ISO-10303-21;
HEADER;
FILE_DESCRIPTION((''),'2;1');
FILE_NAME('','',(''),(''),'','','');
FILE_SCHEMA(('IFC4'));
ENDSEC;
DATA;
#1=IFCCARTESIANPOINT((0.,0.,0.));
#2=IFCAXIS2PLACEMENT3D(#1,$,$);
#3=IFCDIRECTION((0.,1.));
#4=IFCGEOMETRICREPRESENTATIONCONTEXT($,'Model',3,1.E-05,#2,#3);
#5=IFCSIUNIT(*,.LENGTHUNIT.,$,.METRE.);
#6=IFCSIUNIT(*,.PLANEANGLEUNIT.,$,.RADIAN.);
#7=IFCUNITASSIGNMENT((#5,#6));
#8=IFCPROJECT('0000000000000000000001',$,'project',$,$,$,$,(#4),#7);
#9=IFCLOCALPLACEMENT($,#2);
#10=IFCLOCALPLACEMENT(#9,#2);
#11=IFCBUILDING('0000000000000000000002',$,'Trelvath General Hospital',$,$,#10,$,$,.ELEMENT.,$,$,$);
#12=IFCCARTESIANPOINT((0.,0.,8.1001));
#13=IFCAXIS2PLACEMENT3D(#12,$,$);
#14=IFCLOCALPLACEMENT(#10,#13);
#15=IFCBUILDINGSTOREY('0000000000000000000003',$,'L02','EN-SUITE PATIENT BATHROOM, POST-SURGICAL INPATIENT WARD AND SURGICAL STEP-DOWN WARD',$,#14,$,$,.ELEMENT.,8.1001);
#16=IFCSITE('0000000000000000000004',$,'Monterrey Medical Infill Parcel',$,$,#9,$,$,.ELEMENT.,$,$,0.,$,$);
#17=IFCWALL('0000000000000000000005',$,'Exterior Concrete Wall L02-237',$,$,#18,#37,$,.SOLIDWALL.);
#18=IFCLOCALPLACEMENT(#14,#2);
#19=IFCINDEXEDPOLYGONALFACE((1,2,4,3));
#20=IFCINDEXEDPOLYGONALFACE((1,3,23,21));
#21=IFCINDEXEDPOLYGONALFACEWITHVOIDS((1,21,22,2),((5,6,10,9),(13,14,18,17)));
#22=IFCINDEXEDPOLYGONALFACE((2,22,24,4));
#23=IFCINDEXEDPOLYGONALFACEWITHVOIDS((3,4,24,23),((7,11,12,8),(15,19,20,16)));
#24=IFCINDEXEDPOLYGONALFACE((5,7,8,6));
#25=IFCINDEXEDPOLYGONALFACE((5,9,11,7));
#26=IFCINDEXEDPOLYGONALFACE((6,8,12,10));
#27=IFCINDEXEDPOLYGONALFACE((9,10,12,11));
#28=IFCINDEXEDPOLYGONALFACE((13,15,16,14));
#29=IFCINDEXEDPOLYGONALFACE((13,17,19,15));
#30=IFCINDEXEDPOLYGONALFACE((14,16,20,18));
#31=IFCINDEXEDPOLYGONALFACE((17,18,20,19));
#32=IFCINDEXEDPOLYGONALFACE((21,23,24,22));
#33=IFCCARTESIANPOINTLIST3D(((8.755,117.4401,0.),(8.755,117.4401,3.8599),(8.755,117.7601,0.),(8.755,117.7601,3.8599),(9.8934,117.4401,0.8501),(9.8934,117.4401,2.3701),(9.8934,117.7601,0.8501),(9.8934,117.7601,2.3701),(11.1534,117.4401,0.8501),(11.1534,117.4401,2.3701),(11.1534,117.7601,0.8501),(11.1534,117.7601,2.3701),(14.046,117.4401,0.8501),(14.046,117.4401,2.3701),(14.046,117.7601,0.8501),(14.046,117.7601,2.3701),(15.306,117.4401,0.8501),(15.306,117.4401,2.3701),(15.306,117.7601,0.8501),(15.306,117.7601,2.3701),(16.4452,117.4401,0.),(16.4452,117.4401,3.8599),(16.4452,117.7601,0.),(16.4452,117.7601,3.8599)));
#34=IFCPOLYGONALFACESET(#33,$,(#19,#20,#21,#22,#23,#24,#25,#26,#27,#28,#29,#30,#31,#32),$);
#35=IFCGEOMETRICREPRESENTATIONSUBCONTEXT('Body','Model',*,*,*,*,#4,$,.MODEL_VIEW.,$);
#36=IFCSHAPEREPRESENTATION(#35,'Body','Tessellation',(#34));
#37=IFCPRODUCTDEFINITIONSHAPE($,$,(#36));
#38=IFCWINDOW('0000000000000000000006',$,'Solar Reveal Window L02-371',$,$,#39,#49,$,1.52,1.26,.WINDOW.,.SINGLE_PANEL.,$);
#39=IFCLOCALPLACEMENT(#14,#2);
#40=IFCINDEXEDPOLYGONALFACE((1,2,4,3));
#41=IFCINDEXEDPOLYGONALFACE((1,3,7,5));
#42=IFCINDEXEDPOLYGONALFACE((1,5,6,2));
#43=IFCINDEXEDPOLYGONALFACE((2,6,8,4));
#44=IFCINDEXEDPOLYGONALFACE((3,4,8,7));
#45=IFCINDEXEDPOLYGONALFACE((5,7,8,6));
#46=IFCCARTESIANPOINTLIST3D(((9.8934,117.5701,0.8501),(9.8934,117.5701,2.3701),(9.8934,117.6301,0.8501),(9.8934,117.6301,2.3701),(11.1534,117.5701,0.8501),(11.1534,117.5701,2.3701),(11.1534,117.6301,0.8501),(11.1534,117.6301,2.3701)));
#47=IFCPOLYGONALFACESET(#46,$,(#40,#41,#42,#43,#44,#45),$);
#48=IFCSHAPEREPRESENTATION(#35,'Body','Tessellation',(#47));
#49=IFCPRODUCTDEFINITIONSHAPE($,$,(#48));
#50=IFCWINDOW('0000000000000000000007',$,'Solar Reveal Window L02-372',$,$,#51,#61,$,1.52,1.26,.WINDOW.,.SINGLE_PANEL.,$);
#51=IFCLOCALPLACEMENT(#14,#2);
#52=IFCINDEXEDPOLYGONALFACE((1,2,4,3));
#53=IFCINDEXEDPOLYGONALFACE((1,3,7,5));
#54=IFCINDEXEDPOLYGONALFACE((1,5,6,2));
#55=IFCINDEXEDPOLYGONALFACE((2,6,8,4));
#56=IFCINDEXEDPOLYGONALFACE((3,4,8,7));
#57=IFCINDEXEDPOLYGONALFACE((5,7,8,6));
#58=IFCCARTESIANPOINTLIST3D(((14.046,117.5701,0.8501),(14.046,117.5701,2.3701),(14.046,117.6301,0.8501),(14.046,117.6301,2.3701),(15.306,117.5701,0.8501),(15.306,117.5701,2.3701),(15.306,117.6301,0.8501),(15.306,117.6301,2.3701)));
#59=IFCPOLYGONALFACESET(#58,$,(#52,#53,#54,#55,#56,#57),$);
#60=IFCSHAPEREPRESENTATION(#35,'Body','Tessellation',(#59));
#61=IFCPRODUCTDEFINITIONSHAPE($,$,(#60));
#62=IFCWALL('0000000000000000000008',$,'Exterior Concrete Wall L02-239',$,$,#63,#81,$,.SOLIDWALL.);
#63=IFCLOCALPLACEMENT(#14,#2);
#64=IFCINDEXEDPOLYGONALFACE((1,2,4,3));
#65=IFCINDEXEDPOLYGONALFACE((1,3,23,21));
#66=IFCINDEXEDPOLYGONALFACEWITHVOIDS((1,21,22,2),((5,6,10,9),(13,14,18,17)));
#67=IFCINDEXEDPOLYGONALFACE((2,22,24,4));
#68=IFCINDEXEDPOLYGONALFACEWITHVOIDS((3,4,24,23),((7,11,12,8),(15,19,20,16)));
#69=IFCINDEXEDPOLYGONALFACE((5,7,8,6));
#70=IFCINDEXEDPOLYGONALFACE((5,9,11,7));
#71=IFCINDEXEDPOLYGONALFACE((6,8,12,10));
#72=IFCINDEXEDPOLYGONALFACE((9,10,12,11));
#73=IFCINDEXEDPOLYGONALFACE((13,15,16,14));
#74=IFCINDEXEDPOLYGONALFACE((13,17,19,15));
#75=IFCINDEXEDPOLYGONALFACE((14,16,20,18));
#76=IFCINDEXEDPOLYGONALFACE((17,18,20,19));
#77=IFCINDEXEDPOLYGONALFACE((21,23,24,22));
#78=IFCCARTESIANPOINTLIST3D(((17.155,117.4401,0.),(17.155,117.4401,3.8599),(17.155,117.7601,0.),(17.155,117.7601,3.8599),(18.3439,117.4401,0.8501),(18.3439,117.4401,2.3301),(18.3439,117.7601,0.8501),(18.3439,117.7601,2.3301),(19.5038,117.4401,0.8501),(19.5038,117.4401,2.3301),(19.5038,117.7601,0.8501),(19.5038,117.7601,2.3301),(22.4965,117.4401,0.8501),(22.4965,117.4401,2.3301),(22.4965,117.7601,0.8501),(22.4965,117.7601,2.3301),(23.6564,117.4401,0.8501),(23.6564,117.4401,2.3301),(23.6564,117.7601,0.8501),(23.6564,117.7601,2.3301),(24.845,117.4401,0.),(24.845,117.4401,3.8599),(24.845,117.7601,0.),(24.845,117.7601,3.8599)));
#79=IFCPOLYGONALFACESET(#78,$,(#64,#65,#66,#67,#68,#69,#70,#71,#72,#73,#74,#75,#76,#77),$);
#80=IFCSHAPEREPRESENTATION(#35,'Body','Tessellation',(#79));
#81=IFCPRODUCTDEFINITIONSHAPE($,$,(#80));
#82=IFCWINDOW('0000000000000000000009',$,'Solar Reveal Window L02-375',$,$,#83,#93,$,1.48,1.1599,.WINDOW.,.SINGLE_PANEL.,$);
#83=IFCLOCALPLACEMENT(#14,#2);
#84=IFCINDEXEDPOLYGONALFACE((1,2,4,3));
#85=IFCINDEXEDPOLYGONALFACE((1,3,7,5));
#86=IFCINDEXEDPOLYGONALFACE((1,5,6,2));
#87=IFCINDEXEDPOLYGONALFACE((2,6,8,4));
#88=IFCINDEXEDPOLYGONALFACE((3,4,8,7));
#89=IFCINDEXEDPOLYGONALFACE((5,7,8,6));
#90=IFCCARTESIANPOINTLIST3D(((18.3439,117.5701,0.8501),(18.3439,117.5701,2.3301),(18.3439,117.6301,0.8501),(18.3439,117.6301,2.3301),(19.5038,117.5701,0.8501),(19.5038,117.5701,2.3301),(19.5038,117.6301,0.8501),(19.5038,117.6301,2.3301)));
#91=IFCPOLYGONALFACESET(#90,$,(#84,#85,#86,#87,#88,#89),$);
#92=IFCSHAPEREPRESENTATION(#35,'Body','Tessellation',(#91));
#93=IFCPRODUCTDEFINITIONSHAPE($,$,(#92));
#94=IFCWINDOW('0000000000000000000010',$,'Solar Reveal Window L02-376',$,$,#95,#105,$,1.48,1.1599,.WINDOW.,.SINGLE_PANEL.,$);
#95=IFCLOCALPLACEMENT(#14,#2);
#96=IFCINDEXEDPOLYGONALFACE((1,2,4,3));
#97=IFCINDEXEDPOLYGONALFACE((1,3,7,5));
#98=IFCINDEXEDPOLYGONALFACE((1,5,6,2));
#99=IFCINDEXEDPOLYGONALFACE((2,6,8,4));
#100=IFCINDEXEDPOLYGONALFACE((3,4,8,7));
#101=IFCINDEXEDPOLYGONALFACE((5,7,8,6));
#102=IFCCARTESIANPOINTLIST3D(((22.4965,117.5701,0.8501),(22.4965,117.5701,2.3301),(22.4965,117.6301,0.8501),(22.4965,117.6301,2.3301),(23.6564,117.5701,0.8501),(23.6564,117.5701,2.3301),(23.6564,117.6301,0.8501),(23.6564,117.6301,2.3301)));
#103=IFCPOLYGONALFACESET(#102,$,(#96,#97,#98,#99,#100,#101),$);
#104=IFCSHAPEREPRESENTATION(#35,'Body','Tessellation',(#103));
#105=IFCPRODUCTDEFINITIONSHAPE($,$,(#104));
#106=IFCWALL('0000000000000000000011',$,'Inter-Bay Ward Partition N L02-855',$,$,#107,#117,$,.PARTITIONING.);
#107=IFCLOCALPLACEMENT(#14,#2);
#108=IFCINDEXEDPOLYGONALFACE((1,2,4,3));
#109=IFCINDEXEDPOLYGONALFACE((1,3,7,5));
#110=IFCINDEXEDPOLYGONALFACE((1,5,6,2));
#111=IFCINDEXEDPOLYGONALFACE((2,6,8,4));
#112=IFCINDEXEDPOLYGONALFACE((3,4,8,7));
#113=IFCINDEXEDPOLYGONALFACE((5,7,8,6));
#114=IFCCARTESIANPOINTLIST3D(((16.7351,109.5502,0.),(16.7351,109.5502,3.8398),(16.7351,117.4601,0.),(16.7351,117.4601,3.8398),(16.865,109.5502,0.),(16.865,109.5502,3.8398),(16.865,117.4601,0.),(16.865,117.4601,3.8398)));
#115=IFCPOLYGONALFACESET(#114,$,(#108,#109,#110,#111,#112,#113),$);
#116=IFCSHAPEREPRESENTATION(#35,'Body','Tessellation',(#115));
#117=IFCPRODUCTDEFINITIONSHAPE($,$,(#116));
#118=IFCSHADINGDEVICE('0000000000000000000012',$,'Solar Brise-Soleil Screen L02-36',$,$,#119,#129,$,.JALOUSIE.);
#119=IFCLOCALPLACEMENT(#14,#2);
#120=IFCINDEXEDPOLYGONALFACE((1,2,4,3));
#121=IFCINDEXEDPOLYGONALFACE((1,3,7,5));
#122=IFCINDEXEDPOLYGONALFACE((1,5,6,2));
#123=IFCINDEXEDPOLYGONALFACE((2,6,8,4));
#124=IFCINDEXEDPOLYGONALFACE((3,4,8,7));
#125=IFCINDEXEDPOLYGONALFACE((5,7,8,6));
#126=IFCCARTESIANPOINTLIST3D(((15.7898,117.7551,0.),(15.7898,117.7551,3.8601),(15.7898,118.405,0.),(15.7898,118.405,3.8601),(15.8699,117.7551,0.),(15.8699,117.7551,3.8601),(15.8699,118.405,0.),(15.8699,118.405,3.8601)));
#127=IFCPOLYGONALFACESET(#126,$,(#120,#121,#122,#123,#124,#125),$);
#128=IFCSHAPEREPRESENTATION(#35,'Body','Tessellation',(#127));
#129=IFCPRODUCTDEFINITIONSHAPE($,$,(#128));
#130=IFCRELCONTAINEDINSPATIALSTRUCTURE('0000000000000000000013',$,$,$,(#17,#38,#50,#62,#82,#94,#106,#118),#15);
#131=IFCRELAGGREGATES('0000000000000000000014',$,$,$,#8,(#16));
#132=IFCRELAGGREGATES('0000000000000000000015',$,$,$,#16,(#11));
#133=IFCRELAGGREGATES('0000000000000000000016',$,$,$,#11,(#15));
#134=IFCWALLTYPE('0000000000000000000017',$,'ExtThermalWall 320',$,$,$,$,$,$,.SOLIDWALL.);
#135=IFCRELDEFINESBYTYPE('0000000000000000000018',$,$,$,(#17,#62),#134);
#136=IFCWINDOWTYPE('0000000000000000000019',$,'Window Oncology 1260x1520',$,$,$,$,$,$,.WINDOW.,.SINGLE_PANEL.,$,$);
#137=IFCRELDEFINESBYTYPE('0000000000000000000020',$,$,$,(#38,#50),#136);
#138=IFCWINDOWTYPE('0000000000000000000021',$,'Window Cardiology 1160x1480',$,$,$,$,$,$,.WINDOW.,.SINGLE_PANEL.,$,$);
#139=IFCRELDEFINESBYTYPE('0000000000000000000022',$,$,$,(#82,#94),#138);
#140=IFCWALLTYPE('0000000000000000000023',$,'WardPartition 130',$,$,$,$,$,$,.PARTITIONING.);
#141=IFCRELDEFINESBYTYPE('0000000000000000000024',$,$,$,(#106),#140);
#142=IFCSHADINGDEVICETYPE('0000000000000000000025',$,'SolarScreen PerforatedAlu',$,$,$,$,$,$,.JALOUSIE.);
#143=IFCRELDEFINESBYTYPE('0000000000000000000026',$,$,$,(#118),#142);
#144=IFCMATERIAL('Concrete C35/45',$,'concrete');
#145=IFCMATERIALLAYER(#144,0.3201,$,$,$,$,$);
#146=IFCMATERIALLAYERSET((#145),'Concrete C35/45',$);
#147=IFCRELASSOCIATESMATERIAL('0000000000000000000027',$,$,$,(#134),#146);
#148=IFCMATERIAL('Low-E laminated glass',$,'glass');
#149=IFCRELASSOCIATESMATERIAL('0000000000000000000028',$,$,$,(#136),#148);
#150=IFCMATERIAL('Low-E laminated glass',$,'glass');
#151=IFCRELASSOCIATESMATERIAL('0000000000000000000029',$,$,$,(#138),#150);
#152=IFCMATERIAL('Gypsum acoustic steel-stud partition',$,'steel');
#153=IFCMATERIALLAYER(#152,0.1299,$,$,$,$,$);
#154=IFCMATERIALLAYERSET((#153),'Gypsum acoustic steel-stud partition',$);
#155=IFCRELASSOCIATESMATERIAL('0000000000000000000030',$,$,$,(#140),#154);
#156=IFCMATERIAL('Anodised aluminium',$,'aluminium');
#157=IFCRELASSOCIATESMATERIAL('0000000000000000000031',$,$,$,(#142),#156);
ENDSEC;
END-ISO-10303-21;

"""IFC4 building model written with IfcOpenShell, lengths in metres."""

from ifc_helpers import new_model, si_unit, direction, frame, frame_2d, origin, origin_2d, place, context, subcontext, project, spatial, rectangle, extrude, material, layer, layer_set, type_object, element, fill, save


model = new_model("IFC4")

# Units and contexts
model_context = context("Model", 3, precision=1e-05, world=origin(), true_north=direction((0.0, 1.0)))
body_context = subcontext(model_context, "Body", "Model", "MODEL_VIEW")
ifc_project = project(units=[si_unit("LENGTHUNIT", "METRE"), si_unit("PLANEANGLEUNIT", "RADIAN")], contexts=[model_context])

# Site, building, storey
site_placement = place(None, origin())
site = spatial("IfcSite", under=ifc_project, at=site_placement, Name="Monterrey Medical Infill Parcel", CompositionType="ELEMENT", RefElevation=0.0)
building_placement = place(site_placement, origin())
building = spatial("IfcBuilding", under=site, at=building_placement, Name="Trelvath General Hospital", CompositionType="ELEMENT")
storey_placement = place(building_placement, frame((0.0, 0.0, 8.1001)))
storey = spatial("IfcBuildingStorey", under=building, at=storey_placement, Name="L02", Description="EN-SUITE PATIENT BATHROOM, POST-SURGICAL INPATIENT WARD AND SURGICAL STEP-DOWN WARD", CompositionType="ELEMENT", Elevation=8.1001)

# Walls, openings, windows
ifc_material_1 = material(Name="Concrete C35/45", Category="concrete")
ifc_layer_1 = layer(ifc_material_1, 0.3201)
ifc_layer_set_1 = layer_set([ifc_layer_1], Name="Concrete C35/45")
wall_type_1 = type_object("IfcWallType", Name="ExtThermalWall 320", PredefinedType="SOLIDWALL", material=ifc_layer_set_1)
wall_1_placement = place(storey_placement, frame((8.7549, 117.6001, 0.0), z_axis=(0.0, 0.0, 1.0), x_axis=(1.0, 0.0, 0.0)))
wall_1 = element("IfcWall", 1, at=wall_1_placement, inside=storey, type_object=wall_type_1, Name="Exterior Concrete Wall L02-237", PredefinedType="SOLIDWALL", context=body_context, shape_type="SweptSolid", body=[
    extrude(rectangle(XDim=7.6902, YDim=0.3201, at=frame_2d((3.8452, 0.0))), origin(), (0.0, 0.0, 1.0), 3.8599),
])
opening_1_placement = place(wall_1_placement, frame((1.1387, 0.0, 0.8501)))
opening_1 = element("IfcOpeningElement", 2, at=opening_1_placement, cuts=wall_1, PredefinedType="OPENING", context=body_context, shape_type="SweptSolid", body=[
    extrude(rectangle(XDim=1.26, YDim=1.52, at=frame_2d((0.6299, 0.76))), frame((0.0, 0.1699, 0.0), z_axis=(0.0, -1.0, 0.0), x_axis=(1.0, 0.0, 0.0)), (0.0, 0.0, 1.0), 0.3401),
])
opening_2_placement = place(wall_1_placement, frame((5.2913, 0.0, 0.8501)))
opening_2 = element("IfcOpeningElement", 3, at=opening_2_placement, cuts=wall_1, PredefinedType="OPENING", context=body_context, shape_type="SweptSolid", body=[
    extrude(rectangle(XDim=1.26, YDim=1.52, at=frame_2d((0.6299, 0.76))), frame((0.0, 0.1699, 0.0), z_axis=(0.0, -1.0, 0.0), x_axis=(1.0, 0.0, 0.0)), (0.0, 0.0, 1.0), 0.3401),
])
ifc_material_2 = material(Name="Low-E laminated glass", Category="glass")
window_type_1 = type_object("IfcWindowType", Name="Window Oncology 1260x1520", PartitioningType="SINGLE_PANEL", PredefinedType="WINDOW", material=ifc_material_2)
window_1_placement = place(opening_1_placement, origin())
window_1 = element("IfcWindow", 4, at=window_1_placement, inside=storey, type_object=window_type_1, Name="Solar Reveal Window L02-371", OverallHeight=1.52, OverallWidth=1.26, PartitioningType="SINGLE_PANEL", PredefinedType="WINDOW", context=body_context, shape_type="SweptSolid", body=[
    extrude(rectangle(XDim=1.26, YDim=1.52, at=frame_2d((0.6299, 0.76))), frame((0.0, 0.03, 0.0), z_axis=(0.0, -1.0, 0.0), x_axis=(1.0, 0.0, 0.0)), (0.0, 0.0, 1.0), 0.0601),
])
fill(opening_1, window_1)
window_2_placement = place(opening_2_placement, origin())
window_2 = element("IfcWindow", 5, at=window_2_placement, inside=storey, type_object=window_type_1, Name="Solar Reveal Window L02-372", OverallHeight=1.52, OverallWidth=1.26, PartitioningType="SINGLE_PANEL", PredefinedType="WINDOW", context=body_context, shape_type="SweptSolid", body=[
    extrude(rectangle(XDim=1.26, YDim=1.52, at=frame_2d((0.6299, 0.76))), frame((0.0, 0.03, 0.0), z_axis=(0.0, -1.0, 0.0), x_axis=(1.0, 0.0, 0.0)), (0.0, 0.0, 1.0), 0.0601),
])
fill(opening_2, window_2)
wall_2_placement = place(storey_placement, frame((17.155, 117.6001, 0.0), z_axis=(0.0, 0.0, 1.0), x_axis=(1.0, 0.0, 0.0)))
wall_2 = element("IfcWall", 6, at=wall_2_placement, inside=storey, type_object=wall_type_1, Name="Exterior Concrete Wall L02-239", PredefinedType="SOLIDWALL", context=body_context, shape_type="SweptSolid", body=[
    extrude(rectangle(XDim=7.6899, YDim=0.3201, at=frame_2d((3.845, 0.0))), origin(), (0.0, 0.0, 1.0), 3.8599),
])
opening_3_placement = place(wall_2_placement, frame((1.1887, 0.0, 0.8501)))
opening_3 = element("IfcOpeningElement", 7, at=opening_3_placement, cuts=wall_2, PredefinedType="OPENING", context=body_context, shape_type="SweptSolid", body=[
    extrude(rectangle(XDim=1.1599, YDim=1.48, at=frame_2d((0.5801, 0.74))), frame((0.0, 0.1699, 0.0), z_axis=(0.0, -1.0, 0.0), x_axis=(1.0, 0.0, 0.0)), (0.0, 0.0, 1.0), 0.3401),
])
opening_4_placement = place(wall_2_placement, frame((5.3413, 0.0, 0.8501)))
opening_4 = element("IfcOpeningElement", 8, at=opening_4_placement, cuts=wall_2, PredefinedType="OPENING", context=body_context, shape_type="SweptSolid", body=[
    extrude(rectangle(XDim=1.1599, YDim=1.48, at=frame_2d((0.5801, 0.74))), frame((0.0, 0.1699, 0.0), z_axis=(0.0, -1.0, 0.0), x_axis=(1.0, 0.0, 0.0)), (0.0, 0.0, 1.0), 0.3401),
])
ifc_material_3 = material(Name="Low-E laminated glass", Category="glass")
window_type_2 = type_object("IfcWindowType", Name="Window Cardiology 1160x1480", PartitioningType="SINGLE_PANEL", PredefinedType="WINDOW", material=ifc_material_3)
window_3_placement = place(opening_3_placement, origin())
window_3 = element("IfcWindow", 9, at=window_3_placement, inside=storey, type_object=window_type_2, Name="Solar Reveal Window L02-375", OverallHeight=1.48, OverallWidth=1.1599, PartitioningType="SINGLE_PANEL", PredefinedType="WINDOW", context=body_context, shape_type="SweptSolid", body=[
    extrude(rectangle(XDim=1.1599, YDim=1.48, at=frame_2d((0.5801, 0.74))), frame((0.0, 0.03, 0.0), z_axis=(0.0, -1.0, 0.0), x_axis=(1.0, 0.0, 0.0)), (0.0, 0.0, 1.0), 0.0601),
])
fill(opening_3, window_3)
window_4_placement = place(opening_4_placement, origin())
window_4 = element("IfcWindow", 10, at=window_4_placement, inside=storey, type_object=window_type_2, Name="Solar Reveal Window L02-376", OverallHeight=1.48, OverallWidth=1.1599, PartitioningType="SINGLE_PANEL", PredefinedType="WINDOW", context=body_context, shape_type="SweptSolid", body=[
    extrude(rectangle(XDim=1.1599, YDim=1.48, at=frame_2d((0.5801, 0.74))), frame((0.0, 0.03, 0.0), z_axis=(0.0, -1.0, 0.0), x_axis=(1.0, 0.0, 0.0)), (0.0, 0.0, 1.0), 0.0601),
])
fill(opening_4, window_4)

# Wall
ifc_material_4 = material(Name="Gypsum acoustic steel-stud partition", Category="steel")
ifc_layer_2 = layer(ifc_material_4, 0.1299)
ifc_layer_set_2 = layer_set([ifc_layer_2], Name="Gypsum acoustic steel-stud partition")
wall_type_2 = type_object("IfcWallType", Name="WardPartition 130", PredefinedType="PARTITIONING", material=ifc_layer_set_2)
wall_3_placement = place(storey_placement, frame((16.8, 109.55, 0.0), z_axis=(0.0, 0.0, 1.0), x_axis=(0.0, 1.0, 0.0)))
element("IfcWall", 11, at=wall_3_placement, inside=storey, type_object=wall_type_2, Name="Inter-Bay Ward Partition N L02-855", PredefinedType="PARTITIONING", context=body_context, shape_type="SweptSolid", body=[
    extrude(rectangle(XDim=7.9099, YDim=0.1299, at=frame_2d((3.9551, 0.0))), origin(), (0.0, 0.0, 1.0), 3.8398),
])

# Shading device
ifc_material_5 = material(Name="Anodised aluminium", Category="aluminium")
shading_device_type = type_object("IfcShadingDeviceType", Name="SolarScreen PerforatedAlu", PredefinedType="JALOUSIE", material=ifc_material_5)
shading_device_placement = place(storey_placement, frame((15.8298, 118.0801, 0.0), z_axis=(0.0, 0.0, 1.0), x_axis=(0.0, 1.0, 0.0)))
element("IfcShadingDevice", 12, at=shading_device_placement, inside=storey, type_object=shading_device_type, Name="Solar Brise-Soleil Screen L02-36", PredefinedType="JALOUSIE", context=body_context, shape_type="SweptSolid", body=[
    extrude(rectangle(XDim=0.6499, YDim=0.0801, at=origin_2d()), origin(), (0.0, 0.0, 1.0), 3.8601),
])

save(model, "model.ifc")
